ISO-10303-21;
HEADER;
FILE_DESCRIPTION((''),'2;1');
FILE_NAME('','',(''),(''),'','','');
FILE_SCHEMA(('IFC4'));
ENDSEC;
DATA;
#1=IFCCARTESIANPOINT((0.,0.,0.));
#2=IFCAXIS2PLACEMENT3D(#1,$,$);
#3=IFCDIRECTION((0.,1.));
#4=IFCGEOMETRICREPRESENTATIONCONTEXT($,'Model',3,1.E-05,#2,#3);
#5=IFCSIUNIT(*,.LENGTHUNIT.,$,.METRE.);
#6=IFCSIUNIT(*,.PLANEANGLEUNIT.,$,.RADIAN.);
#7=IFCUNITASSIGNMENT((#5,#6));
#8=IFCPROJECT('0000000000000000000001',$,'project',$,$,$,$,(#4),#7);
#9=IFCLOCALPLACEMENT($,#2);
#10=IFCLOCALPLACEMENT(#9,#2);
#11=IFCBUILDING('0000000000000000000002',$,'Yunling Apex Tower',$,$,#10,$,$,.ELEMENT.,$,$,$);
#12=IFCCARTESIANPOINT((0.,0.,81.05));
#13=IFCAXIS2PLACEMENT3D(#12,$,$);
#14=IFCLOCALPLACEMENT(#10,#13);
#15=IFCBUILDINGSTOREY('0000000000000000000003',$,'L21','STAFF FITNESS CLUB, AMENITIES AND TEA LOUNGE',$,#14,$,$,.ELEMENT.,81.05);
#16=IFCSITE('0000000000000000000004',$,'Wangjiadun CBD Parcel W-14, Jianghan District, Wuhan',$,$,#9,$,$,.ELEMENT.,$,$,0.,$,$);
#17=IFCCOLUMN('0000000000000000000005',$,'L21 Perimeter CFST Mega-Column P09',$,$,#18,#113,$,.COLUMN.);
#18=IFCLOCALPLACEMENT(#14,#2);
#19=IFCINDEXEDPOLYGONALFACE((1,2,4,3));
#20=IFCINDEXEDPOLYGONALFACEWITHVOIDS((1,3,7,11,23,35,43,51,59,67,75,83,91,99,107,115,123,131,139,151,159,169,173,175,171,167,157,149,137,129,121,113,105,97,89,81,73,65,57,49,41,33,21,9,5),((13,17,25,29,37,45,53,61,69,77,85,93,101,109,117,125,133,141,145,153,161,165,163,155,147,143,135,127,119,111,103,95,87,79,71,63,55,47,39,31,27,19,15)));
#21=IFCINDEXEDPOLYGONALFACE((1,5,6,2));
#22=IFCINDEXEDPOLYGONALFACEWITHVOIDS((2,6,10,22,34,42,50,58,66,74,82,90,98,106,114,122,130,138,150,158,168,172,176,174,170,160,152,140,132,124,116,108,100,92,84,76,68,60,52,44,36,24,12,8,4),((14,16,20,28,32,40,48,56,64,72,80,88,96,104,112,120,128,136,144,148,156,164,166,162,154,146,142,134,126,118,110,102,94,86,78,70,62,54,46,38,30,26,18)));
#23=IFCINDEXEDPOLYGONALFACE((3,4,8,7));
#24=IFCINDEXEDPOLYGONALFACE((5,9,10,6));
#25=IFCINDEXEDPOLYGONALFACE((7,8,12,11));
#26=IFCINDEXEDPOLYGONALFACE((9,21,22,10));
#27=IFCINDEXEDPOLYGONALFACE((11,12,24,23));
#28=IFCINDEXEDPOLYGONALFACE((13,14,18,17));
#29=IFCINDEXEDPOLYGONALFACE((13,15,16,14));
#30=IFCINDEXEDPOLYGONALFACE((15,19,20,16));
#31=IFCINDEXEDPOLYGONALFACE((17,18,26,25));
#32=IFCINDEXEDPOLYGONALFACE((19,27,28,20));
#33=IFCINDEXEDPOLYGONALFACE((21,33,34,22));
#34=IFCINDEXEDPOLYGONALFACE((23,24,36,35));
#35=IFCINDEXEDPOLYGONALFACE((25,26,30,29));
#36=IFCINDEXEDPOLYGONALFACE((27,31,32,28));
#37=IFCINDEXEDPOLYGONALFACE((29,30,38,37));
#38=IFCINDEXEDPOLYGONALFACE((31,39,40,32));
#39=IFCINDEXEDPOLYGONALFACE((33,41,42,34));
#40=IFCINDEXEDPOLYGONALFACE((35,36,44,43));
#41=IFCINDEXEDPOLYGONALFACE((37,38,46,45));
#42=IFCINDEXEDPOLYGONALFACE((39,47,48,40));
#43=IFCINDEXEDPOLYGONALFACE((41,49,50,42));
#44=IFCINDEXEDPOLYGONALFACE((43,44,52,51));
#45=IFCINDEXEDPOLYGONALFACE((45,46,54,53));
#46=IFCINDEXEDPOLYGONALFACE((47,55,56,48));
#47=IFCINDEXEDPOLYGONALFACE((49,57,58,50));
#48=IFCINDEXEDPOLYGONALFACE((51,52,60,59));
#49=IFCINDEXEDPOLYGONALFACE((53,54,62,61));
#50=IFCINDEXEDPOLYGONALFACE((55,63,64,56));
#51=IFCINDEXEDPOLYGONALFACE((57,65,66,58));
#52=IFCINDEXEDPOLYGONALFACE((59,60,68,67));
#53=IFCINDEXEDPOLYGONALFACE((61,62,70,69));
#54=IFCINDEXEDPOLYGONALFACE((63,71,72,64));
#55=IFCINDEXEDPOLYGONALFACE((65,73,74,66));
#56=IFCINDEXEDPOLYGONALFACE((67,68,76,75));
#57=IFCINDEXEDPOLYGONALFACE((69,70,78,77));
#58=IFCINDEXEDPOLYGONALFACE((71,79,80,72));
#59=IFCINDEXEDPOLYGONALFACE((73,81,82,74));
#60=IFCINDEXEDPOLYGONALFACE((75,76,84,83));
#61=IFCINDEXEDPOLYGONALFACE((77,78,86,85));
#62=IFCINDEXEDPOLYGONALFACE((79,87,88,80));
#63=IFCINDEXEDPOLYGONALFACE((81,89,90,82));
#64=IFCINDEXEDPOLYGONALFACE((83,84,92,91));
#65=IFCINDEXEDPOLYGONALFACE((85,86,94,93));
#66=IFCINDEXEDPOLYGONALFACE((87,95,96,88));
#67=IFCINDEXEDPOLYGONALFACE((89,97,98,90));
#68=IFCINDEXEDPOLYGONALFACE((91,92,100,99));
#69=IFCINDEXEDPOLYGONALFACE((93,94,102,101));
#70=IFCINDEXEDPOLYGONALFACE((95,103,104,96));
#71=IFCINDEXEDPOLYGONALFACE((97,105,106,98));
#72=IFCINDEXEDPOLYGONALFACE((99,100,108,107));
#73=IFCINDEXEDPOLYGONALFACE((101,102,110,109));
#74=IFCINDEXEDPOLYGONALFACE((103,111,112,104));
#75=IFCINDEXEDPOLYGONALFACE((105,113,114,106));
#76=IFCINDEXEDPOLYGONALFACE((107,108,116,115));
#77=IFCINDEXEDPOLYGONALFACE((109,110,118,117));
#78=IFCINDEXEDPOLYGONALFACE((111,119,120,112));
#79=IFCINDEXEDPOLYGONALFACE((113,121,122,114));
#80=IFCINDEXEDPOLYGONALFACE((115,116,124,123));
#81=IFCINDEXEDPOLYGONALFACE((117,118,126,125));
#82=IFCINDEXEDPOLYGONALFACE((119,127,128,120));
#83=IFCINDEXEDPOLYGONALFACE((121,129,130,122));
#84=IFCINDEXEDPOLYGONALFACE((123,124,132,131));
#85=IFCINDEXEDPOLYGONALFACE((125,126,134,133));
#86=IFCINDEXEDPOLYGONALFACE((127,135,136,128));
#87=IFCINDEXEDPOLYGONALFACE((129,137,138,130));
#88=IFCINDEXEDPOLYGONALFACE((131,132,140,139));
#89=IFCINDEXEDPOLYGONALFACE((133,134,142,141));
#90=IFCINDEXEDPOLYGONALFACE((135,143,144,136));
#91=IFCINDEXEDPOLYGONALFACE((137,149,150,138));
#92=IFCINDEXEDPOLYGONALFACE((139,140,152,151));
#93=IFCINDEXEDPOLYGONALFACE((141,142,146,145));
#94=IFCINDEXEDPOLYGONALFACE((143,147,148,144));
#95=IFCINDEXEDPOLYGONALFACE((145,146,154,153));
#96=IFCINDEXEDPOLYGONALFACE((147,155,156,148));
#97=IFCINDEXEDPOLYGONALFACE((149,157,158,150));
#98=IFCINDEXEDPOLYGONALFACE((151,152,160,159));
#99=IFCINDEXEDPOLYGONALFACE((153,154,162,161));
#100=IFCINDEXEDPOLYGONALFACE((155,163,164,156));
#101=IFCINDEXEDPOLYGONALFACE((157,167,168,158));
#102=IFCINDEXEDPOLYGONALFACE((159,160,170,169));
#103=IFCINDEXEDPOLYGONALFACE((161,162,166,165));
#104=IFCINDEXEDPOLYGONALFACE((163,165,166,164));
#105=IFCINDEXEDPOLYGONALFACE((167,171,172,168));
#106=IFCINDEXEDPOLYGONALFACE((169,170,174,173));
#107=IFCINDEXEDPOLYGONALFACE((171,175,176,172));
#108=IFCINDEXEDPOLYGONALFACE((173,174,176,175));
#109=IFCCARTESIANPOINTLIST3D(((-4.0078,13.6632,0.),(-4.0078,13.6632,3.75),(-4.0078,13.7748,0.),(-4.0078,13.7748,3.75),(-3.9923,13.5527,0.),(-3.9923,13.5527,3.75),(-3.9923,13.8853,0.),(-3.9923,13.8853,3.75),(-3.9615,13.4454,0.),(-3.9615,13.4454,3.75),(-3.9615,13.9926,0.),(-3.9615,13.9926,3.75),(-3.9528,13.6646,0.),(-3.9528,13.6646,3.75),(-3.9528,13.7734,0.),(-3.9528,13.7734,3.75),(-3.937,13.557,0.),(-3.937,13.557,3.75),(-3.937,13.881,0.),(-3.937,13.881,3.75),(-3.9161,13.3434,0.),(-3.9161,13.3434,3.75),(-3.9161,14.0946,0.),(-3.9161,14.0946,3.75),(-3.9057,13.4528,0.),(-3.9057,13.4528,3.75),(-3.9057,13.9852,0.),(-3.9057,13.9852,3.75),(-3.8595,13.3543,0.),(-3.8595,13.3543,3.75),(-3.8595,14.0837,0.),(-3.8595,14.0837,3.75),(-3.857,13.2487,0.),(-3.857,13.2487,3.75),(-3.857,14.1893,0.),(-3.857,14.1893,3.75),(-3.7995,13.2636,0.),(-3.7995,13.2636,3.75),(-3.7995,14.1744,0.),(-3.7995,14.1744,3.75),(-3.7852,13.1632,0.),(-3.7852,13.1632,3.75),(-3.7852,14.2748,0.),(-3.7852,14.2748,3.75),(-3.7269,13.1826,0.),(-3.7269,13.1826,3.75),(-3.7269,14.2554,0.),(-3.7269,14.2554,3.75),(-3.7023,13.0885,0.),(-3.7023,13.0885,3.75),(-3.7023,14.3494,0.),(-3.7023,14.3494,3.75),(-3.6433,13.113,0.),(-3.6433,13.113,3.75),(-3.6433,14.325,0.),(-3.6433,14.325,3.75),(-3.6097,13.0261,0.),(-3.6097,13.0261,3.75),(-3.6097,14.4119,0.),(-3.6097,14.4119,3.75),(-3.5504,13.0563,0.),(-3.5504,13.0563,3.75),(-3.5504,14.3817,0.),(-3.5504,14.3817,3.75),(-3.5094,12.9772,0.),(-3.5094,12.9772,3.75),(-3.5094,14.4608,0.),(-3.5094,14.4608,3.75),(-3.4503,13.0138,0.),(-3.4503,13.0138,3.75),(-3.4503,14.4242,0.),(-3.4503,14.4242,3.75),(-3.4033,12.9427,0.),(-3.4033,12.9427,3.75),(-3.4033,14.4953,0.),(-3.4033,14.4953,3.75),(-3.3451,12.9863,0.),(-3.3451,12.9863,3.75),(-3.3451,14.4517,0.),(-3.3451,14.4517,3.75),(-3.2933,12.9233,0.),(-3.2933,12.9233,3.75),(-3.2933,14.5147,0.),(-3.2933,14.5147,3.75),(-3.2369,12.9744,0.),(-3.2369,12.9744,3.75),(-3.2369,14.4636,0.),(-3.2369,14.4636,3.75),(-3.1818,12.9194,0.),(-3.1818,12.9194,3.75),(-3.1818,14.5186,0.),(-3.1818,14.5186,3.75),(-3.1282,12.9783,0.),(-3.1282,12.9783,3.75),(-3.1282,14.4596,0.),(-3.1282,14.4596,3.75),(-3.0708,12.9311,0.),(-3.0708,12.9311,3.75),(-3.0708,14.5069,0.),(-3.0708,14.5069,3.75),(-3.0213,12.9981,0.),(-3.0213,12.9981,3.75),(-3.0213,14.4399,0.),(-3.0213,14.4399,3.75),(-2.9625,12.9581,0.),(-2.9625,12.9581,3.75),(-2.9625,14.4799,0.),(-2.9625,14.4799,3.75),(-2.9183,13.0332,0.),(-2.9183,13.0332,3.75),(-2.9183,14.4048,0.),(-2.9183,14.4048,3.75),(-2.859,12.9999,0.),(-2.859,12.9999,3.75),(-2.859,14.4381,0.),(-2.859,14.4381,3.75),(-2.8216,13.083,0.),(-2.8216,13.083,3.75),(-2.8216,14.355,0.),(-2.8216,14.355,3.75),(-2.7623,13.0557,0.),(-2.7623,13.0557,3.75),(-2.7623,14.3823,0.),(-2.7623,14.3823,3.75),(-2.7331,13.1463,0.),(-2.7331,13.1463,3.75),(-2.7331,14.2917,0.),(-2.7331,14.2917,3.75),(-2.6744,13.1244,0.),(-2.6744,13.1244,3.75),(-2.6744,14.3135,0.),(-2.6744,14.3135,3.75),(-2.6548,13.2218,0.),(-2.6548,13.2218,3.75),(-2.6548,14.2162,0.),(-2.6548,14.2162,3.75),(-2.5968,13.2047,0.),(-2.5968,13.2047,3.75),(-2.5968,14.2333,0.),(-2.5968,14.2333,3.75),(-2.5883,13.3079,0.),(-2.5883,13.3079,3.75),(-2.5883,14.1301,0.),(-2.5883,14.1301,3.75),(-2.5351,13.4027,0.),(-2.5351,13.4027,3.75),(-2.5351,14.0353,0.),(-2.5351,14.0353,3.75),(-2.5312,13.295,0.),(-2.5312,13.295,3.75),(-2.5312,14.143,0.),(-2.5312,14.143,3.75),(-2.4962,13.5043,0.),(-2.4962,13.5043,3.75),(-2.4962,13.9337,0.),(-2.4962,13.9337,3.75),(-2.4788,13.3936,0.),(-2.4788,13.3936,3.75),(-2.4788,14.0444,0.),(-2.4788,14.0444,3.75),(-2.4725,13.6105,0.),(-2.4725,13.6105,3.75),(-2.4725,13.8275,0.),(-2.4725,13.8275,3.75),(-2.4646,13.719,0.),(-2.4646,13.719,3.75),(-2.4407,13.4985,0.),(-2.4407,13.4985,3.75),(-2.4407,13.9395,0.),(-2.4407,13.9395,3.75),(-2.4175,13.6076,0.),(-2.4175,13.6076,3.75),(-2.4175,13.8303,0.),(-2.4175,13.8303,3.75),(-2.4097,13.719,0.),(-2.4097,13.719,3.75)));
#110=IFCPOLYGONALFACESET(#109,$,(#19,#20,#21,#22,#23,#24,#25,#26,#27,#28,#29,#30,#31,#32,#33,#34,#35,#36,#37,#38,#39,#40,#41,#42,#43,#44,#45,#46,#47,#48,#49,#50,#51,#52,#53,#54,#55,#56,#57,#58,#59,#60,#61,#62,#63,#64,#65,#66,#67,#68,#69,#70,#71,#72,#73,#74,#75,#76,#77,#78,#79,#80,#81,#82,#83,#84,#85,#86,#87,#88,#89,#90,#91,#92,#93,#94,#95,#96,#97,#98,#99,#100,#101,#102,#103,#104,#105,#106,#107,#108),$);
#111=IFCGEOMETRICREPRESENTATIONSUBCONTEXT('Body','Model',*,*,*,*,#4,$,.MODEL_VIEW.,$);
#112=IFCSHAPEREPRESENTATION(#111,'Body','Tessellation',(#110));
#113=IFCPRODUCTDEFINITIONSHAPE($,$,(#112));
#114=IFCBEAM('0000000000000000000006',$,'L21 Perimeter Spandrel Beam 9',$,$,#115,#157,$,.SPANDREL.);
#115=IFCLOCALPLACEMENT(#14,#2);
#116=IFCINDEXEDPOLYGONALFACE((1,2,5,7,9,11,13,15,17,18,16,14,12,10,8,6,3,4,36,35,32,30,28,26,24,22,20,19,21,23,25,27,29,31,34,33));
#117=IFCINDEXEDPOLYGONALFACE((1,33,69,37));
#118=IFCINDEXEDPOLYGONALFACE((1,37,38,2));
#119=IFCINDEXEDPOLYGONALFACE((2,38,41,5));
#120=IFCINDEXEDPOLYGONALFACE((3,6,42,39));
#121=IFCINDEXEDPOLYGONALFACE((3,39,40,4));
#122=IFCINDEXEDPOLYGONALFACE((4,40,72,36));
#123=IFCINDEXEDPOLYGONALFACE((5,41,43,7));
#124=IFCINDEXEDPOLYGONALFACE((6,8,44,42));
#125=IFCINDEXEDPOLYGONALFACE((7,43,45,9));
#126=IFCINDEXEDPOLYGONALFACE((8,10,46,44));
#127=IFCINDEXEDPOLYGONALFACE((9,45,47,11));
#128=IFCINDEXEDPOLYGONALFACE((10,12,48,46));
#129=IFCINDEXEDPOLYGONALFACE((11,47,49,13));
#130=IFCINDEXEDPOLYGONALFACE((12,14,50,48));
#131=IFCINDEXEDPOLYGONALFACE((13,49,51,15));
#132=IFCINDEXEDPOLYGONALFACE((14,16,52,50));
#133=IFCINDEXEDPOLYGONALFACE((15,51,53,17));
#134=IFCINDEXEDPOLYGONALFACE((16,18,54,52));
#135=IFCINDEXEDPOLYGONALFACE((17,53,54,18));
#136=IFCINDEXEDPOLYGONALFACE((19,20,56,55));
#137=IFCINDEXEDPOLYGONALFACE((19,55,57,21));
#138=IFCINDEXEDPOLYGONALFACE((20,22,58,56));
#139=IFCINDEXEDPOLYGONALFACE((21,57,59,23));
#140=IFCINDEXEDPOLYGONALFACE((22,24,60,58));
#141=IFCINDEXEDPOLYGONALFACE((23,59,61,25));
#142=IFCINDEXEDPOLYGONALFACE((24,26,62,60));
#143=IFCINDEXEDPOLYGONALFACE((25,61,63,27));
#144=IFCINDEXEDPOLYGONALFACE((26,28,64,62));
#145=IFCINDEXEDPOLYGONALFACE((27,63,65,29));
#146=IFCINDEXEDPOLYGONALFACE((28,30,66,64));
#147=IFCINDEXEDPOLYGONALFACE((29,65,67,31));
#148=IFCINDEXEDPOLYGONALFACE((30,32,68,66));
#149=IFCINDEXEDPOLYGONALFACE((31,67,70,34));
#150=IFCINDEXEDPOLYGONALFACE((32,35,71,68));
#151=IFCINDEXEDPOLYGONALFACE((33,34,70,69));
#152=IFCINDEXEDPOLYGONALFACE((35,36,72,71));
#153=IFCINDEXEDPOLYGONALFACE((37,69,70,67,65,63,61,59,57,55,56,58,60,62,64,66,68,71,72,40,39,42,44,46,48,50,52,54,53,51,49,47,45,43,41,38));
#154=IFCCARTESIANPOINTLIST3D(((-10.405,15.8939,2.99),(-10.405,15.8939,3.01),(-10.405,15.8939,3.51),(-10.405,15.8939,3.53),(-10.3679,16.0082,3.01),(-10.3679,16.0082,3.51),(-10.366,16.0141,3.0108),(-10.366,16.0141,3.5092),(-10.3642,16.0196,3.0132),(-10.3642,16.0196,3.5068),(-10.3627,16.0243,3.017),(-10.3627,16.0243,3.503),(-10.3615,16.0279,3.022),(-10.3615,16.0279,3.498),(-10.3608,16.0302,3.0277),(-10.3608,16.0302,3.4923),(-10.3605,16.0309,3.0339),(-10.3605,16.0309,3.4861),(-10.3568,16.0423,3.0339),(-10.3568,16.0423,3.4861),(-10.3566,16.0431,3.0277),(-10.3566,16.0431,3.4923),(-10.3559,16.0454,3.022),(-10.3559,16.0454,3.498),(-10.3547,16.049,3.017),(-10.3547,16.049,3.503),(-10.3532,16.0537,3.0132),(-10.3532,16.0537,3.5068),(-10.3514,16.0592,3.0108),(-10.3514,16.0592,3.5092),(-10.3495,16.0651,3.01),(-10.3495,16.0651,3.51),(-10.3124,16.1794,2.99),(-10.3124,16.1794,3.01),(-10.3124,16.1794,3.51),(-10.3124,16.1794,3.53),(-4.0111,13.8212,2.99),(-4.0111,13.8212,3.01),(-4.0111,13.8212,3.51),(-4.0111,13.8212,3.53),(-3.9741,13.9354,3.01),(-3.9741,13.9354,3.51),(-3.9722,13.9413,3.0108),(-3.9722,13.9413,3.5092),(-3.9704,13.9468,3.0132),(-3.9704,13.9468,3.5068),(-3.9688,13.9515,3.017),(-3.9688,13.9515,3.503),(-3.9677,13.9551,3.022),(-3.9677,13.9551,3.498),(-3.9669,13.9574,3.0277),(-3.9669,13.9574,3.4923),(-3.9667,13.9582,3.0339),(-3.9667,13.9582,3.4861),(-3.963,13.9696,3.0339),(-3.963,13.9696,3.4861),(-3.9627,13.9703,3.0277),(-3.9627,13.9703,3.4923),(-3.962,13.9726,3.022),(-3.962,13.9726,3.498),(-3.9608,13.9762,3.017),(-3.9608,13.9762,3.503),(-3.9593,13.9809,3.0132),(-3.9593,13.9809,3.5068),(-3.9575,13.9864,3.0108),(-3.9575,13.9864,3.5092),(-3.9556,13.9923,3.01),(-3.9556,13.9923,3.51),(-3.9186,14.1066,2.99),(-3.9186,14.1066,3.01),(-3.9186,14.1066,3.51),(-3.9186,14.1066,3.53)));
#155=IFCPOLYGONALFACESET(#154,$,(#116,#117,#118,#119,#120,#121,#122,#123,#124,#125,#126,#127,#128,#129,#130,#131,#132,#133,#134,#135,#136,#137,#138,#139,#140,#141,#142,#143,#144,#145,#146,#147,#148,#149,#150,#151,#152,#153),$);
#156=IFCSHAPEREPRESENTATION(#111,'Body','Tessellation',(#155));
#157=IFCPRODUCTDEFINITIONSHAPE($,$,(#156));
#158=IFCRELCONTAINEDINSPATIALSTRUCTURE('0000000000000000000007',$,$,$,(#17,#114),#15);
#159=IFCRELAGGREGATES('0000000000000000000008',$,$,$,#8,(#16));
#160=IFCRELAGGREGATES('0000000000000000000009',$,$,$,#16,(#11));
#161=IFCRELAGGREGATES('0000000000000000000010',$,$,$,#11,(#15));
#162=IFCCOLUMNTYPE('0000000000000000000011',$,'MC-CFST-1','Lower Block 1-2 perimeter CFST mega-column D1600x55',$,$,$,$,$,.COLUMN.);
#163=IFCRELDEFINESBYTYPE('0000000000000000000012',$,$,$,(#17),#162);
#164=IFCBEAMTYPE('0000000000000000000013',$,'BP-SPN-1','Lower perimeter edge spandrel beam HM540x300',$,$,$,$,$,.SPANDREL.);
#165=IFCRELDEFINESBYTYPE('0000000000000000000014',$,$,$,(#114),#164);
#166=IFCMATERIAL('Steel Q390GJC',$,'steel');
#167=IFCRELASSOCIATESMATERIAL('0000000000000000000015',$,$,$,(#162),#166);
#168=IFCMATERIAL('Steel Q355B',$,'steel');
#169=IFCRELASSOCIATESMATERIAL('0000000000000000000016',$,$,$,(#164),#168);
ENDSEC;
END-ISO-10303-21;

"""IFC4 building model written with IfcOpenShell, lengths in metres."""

from ifc_helpers import new_model, si_unit, direction, frame, origin, origin_2d, place, context, subcontext, project, spatial, hollow_circle, i_section, extrude, source, transform, mapped, material, material_profile, profile_set, type_object, element, save


model = new_model("IFC4")

# Units and contexts
model_context = context("Model", 3, precision=1e-05, world=origin(), true_north=direction((0.0, 1.0)))
body_context = subcontext(model_context, "Body", "Model", "MODEL_VIEW")
ifc_project = project(units=[si_unit("LENGTHUNIT", "METRE"), si_unit("PLANEANGLEUNIT", "RADIAN")], contexts=[model_context])

# Site, building, storey
site_placement = place(None, origin())
site = spatial("IfcSite", under=ifc_project, at=site_placement, Name="Wangjiadun CBD Parcel W-14, Jianghan District, Wuhan", CompositionType="ELEMENT", RefElevation=0.0)
building_placement = place(site_placement, origin())
building = spatial("IfcBuilding", under=site, at=building_placement, Name="Yunling Apex Tower", CompositionType="ELEMENT")
storey_placement = place(building_placement, frame((0.0, 0.0, 81.05)))
storey = spatial("IfcBuildingStorey", under=building, at=storey_placement, Name="L21", Description="STAFF FITNESS CLUB, AMENITIES AND TEA LOUNGE", CompositionType="ELEMENT", Elevation=81.05)

# Column
ifc_material_1 = material(Name="Steel Q390GJC", Category="steel")
ifc_material_profile_1 = material_profile(ifc_material_1, hollow_circle(Radius=0.8, WallThickness=0.0549, at=origin_2d()))
ifc_profile_set_1 = profile_set([ifc_material_profile_1], Name="Steel Q390GJC")
column_type = type_object("IfcColumnType", Name="MC-CFST-1", Description="Lower Block 1-2 perimeter CFST mega-column D1600x55", PredefinedType="COLUMN", material=ifc_profile_set_1)
shared_shape_1 = source(origin(), body_context, "Body", "SweptSolid", [
    extrude(hollow_circle(Radius=0.8, WallThickness=0.0549, at=origin_2d()), origin(), (0.0, 0.0, 1.0), 3.75),
])
column_placement = place(storey_placement, frame((-3.2097, 13.719, 0.0), z_axis=(0.0, 0.0, 1.0), x_axis=(1.0, 0.0, 0.0)))
element("IfcColumn", 1, at=column_placement, inside=storey, type_object=column_type, Name="L21 Perimeter CFST Mega-Column P09", PredefinedType="COLUMN", context=body_context, shape_type="MappedRepresentation", body=[
    mapped(shared_shape_1, transform((0.0, 0.0, 0.0), scale=1.0)),
])

# Beam
ifc_material_2 = material(Name="Steel Q355B", Category="steel")
ifc_material_profile_2 = material_profile(ifc_material_2, i_section(OverallWidth=0.3, OverallDepth=0.54, WebThickness=0.012, FlangeThickness=0.02, FilletRadius=0.0239, at=origin_2d()))
ifc_profile_set_2 = profile_set([ifc_material_profile_2], Name="Steel Q355B")
beam_type_1 = type_object("IfcBeamType", Name="BP-SPN-1", Description="Lower perimeter edge spandrel beam HM540x300", PredefinedType="SPANDREL", material=ifc_profile_set_2)
shared_shape_2 = source(origin(), body_context, "Body", "SweptSolid", [
    extrude(i_section(OverallWidth=0.3, OverallDepth=0.54, WebThickness=0.012, FlangeThickness=0.02, FilletRadius=0.0239, at=origin_2d()), origin(), (0.0, 0.0, 1.0), 6.7214),
])
beam_1_placement = place(storey_placement, frame((-3.9648, 13.9639, 3.26), z_axis=(-0.951263, 0.308382, 0.0), x_axis=(-0.308382, -0.951263, 0.0)))
element("IfcBeam", 2, at=beam_1_placement, inside=storey, type_object=beam_type_1, Name="L21 Perimeter Spandrel Beam 9", PredefinedType="SPANDREL", context=body_context, shape_type="MappedRepresentation", body=[
    mapped(shared_shape_2, transform((0.0, 0.0, 0.0), scale=1.0)),
])

save(model, "model.ifc")
